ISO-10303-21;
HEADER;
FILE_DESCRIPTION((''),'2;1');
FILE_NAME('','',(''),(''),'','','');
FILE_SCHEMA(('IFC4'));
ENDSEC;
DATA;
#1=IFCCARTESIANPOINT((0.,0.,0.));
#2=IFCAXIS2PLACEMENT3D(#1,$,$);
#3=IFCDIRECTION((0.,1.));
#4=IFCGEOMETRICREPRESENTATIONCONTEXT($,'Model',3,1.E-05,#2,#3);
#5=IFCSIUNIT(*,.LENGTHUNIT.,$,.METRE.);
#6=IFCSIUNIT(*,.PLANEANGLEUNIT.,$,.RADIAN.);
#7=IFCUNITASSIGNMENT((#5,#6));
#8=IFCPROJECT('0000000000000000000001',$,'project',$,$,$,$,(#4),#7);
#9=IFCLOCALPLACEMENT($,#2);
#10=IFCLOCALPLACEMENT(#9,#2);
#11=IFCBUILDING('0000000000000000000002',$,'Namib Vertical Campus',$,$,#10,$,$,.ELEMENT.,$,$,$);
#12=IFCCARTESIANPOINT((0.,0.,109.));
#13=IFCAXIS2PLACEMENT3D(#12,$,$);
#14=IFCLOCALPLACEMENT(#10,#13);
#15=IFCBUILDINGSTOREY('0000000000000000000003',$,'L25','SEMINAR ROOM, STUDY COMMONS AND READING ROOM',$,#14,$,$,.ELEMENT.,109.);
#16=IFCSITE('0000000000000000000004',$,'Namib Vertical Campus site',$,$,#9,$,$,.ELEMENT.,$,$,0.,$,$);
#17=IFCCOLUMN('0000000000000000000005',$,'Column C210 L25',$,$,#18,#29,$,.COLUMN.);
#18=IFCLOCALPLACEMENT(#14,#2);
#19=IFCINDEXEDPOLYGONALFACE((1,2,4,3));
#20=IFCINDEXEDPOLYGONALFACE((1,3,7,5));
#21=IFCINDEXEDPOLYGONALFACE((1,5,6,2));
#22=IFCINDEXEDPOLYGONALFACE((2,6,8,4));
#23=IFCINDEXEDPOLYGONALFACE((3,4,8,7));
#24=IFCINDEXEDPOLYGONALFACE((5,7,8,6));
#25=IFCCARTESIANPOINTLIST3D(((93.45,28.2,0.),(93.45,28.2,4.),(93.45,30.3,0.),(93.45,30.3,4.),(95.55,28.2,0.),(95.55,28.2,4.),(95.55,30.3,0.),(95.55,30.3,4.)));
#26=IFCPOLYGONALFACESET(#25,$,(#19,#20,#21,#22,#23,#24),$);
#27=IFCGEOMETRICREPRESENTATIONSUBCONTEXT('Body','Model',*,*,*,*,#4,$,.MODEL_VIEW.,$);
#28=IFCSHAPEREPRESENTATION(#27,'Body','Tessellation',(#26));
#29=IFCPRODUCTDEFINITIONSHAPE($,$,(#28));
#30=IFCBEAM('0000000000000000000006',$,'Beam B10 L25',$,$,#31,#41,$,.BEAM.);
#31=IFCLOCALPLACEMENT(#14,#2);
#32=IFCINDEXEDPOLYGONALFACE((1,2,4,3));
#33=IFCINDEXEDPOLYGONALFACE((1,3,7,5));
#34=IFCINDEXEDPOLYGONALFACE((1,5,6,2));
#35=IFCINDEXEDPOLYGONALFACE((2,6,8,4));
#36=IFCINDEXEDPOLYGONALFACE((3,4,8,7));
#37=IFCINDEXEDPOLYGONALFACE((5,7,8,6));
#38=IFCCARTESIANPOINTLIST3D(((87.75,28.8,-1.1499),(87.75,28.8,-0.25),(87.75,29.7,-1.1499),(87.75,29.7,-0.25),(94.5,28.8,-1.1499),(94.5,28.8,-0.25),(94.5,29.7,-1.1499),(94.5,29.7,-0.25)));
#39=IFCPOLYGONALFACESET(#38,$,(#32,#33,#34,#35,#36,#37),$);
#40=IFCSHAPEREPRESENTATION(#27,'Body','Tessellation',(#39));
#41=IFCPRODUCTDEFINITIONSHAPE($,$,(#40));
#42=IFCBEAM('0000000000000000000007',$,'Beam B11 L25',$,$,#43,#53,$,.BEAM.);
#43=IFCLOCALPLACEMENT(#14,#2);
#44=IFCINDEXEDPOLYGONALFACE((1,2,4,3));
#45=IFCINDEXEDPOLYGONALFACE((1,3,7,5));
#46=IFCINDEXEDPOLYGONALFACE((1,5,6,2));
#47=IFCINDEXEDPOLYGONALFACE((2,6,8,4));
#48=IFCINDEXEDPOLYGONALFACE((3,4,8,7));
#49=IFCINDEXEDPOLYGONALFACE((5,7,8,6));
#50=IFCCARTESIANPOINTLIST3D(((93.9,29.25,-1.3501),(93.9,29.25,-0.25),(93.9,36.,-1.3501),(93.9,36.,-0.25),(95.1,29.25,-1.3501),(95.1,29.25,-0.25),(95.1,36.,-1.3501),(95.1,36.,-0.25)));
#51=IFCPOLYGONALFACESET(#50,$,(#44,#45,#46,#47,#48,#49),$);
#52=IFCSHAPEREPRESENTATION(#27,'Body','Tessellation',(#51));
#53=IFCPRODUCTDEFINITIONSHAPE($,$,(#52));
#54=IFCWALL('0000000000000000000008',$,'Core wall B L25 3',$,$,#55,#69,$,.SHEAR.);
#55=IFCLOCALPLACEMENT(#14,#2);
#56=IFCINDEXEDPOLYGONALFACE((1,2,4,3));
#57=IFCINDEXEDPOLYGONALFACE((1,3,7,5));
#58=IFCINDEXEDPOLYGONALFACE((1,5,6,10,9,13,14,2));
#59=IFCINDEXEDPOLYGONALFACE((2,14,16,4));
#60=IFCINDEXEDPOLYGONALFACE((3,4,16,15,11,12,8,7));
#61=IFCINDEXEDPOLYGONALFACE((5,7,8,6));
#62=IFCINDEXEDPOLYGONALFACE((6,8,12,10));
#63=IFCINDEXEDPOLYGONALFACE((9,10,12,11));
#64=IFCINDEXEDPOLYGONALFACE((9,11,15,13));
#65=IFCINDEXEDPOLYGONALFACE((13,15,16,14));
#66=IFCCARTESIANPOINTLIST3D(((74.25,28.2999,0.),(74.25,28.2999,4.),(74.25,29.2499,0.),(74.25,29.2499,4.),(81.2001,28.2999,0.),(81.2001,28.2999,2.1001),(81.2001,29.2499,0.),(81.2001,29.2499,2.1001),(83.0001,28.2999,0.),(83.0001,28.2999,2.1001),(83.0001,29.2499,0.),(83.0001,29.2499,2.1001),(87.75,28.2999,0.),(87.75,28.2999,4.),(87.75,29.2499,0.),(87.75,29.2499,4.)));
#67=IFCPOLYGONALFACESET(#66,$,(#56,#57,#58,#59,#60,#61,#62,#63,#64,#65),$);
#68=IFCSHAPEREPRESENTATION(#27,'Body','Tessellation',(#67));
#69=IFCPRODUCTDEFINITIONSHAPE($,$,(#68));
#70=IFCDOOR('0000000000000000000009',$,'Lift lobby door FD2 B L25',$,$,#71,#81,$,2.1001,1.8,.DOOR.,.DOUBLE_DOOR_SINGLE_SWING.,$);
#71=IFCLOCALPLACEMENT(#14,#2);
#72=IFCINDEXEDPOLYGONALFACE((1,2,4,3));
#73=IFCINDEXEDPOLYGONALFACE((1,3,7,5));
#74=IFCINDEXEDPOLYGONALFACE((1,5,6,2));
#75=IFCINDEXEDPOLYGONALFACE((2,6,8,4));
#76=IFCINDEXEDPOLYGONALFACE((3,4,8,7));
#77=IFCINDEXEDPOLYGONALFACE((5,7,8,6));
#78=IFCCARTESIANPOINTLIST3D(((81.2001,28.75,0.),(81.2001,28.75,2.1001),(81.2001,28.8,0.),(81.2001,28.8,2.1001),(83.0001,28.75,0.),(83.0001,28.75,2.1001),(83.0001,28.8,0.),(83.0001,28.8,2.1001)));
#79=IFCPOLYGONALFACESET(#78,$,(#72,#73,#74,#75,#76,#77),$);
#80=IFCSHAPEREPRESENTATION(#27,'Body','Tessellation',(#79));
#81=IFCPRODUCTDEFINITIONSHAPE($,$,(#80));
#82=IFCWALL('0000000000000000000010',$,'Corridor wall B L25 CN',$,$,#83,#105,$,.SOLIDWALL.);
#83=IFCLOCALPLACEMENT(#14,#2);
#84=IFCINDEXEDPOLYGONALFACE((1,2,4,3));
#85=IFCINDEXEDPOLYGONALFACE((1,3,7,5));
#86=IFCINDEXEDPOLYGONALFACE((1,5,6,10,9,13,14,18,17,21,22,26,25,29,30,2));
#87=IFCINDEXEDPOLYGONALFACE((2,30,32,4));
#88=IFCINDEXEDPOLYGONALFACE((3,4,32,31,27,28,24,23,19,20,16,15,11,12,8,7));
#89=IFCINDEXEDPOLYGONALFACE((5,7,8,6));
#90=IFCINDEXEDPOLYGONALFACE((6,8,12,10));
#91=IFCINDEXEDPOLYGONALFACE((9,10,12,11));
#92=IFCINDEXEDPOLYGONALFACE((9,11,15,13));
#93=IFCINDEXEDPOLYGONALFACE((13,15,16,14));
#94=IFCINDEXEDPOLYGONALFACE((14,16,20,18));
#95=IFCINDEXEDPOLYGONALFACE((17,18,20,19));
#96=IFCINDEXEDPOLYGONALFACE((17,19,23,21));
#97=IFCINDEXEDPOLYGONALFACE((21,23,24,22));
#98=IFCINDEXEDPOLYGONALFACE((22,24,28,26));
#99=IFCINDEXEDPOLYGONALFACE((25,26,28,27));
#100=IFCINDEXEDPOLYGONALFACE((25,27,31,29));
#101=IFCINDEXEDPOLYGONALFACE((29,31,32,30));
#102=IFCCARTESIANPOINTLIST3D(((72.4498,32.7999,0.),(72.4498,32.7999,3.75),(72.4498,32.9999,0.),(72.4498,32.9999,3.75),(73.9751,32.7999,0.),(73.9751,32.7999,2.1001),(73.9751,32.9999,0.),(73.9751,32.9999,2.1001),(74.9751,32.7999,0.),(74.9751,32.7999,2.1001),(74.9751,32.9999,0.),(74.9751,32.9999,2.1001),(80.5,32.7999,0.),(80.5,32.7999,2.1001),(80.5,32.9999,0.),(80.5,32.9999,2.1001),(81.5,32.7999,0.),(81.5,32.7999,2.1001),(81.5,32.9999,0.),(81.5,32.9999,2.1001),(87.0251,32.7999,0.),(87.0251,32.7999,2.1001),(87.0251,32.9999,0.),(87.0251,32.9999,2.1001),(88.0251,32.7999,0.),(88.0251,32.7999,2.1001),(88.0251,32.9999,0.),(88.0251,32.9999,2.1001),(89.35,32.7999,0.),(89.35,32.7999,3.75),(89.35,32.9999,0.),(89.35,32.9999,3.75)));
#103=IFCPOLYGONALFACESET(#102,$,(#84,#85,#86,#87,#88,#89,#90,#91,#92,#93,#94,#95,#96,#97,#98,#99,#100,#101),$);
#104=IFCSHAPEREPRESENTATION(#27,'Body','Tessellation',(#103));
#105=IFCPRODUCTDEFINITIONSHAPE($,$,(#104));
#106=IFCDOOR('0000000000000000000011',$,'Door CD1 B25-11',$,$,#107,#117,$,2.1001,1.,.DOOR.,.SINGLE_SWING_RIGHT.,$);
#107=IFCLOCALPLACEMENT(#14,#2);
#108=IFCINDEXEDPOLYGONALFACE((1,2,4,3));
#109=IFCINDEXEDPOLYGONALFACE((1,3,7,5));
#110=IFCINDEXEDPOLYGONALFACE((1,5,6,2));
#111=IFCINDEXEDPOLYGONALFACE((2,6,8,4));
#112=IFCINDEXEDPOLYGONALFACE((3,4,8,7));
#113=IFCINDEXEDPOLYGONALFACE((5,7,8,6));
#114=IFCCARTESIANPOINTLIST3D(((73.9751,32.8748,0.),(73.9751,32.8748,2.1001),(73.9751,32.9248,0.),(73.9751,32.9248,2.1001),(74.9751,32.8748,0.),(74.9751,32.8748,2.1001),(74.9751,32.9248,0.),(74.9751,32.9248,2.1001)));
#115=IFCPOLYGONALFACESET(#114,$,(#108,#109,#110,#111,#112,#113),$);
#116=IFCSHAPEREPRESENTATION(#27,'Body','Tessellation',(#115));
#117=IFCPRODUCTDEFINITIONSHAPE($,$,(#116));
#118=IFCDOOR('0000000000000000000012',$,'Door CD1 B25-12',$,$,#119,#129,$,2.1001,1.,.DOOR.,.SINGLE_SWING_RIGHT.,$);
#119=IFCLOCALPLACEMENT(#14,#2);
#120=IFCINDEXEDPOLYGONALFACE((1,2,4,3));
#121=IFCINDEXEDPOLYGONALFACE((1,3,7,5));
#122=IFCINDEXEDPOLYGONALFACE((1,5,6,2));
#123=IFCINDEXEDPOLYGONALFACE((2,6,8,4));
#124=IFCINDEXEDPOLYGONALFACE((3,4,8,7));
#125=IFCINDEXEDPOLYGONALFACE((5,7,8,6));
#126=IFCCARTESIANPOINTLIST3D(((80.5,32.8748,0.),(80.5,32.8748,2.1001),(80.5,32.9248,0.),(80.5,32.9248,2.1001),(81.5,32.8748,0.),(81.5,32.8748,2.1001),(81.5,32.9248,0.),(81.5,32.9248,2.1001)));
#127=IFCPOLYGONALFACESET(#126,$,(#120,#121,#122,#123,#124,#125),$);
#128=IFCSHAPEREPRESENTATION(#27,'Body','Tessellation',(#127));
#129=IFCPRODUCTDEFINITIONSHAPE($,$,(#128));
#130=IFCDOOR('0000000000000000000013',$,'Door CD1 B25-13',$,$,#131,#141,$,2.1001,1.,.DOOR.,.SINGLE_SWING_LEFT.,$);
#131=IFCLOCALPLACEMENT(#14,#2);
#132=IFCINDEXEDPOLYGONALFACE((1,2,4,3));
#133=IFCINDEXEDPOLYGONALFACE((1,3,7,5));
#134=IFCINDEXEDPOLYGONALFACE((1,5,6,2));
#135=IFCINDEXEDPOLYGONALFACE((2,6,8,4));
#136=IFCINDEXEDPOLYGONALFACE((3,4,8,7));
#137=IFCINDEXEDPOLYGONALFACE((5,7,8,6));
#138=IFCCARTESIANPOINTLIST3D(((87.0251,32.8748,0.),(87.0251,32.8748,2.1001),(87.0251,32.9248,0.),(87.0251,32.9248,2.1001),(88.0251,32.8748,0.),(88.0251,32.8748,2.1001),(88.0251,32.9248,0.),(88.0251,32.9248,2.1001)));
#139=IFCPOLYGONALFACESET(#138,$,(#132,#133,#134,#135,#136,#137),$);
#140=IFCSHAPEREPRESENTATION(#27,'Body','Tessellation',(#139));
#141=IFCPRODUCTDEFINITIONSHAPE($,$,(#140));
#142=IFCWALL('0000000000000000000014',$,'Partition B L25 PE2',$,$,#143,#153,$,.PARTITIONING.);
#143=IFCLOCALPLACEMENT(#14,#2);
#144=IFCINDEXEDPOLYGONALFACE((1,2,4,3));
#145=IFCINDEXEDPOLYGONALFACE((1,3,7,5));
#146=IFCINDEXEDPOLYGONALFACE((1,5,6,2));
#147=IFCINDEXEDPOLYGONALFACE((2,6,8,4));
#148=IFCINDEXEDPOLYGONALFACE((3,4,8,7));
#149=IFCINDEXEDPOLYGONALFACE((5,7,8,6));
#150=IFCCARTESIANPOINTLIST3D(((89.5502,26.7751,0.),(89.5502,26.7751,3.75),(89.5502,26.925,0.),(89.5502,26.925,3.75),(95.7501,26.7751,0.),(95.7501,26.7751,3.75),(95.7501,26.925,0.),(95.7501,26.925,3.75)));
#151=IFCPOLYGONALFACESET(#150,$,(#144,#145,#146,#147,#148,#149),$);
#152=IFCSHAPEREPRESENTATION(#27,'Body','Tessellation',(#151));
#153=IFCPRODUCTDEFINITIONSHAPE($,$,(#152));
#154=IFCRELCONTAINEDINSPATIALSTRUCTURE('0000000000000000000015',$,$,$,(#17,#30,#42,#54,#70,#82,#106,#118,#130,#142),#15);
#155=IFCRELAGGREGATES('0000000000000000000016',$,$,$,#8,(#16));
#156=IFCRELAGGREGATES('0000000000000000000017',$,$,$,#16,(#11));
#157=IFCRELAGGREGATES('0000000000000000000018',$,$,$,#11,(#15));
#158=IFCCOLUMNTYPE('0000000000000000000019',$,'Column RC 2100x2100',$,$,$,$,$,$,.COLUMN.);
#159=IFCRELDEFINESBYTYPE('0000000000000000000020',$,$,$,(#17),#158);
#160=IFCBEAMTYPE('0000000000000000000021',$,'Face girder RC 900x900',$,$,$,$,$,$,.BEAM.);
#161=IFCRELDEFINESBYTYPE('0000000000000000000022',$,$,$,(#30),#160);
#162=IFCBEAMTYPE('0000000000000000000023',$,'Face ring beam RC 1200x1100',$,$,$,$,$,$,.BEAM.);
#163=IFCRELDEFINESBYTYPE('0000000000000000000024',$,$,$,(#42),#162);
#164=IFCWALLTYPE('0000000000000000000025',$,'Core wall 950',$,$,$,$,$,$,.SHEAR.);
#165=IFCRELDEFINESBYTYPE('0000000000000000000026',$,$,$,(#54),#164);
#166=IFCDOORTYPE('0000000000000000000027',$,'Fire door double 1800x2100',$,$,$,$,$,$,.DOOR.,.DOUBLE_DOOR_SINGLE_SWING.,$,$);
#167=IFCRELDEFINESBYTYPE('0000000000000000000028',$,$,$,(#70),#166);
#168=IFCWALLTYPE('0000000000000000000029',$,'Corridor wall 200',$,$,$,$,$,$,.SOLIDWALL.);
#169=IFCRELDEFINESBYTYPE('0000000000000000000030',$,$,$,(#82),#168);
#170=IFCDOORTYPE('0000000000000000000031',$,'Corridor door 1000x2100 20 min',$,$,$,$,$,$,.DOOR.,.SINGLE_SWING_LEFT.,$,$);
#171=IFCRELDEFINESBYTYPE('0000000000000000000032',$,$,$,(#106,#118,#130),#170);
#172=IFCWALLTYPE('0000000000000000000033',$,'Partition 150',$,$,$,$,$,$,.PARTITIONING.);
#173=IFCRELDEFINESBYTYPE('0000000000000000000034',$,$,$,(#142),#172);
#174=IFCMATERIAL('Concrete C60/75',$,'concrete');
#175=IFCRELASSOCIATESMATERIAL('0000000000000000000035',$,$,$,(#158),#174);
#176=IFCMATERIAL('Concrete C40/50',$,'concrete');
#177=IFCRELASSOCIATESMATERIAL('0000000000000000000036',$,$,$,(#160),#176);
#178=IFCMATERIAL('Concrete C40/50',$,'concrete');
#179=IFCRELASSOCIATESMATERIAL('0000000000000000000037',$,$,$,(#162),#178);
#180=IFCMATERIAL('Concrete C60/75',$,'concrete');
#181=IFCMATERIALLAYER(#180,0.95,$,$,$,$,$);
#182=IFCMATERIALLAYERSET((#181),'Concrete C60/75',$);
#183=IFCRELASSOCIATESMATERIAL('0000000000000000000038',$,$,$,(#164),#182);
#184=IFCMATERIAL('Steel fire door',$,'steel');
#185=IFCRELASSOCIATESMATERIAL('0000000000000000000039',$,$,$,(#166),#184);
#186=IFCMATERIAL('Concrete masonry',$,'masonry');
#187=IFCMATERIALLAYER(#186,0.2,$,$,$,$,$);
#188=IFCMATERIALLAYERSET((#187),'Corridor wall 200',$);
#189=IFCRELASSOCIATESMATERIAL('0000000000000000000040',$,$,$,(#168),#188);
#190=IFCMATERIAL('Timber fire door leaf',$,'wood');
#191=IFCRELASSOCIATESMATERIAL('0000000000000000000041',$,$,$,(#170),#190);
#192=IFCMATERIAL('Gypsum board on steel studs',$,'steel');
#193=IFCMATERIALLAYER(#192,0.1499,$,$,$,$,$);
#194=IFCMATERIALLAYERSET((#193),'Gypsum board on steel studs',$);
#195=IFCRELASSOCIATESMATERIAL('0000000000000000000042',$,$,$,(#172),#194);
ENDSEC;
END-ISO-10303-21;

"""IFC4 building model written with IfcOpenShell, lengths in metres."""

from ifc_helpers import new_model, si_unit, direction, frame, frame_2d, origin, origin_2d, place, context, subcontext, project, spatial, rectangle, extrude, material, layer, layer_set, material_profile, profile_set, type_object, element, fill, save


model = new_model("IFC4")

# Units and contexts
model_context = context("Model", 3, precision=1e-05, world=origin(), true_north=direction((0.0, 1.0)))
body_context = subcontext(model_context, "Body", "Model", "MODEL_VIEW")
ifc_project = project(units=[si_unit("LENGTHUNIT", "METRE"), si_unit("PLANEANGLEUNIT", "RADIAN")], contexts=[model_context])

# Site, building, storey
site_placement = place(None, origin())
site = spatial("IfcSite", under=ifc_project, at=site_placement, Name="Namib Vertical Campus site", CompositionType="ELEMENT", RefElevation=0.0)
building_placement = place(site_placement, origin())
building = spatial("IfcBuilding", under=site, at=building_placement, Name="Namib Vertical Campus", CompositionType="ELEMENT")
storey_placement = place(building_placement, frame((0.0, 0.0, 109.0)))
storey = spatial("IfcBuildingStorey", under=building, at=storey_placement, Name="L25", Description="SEMINAR ROOM, STUDY COMMONS AND READING ROOM", CompositionType="ELEMENT", Elevation=109.0)

# Column
ifc_material_1 = material(Name="Concrete C60/75", Category="concrete")
ifc_material_profile_1 = material_profile(ifc_material_1, rectangle(XDim=2.1001, YDim=2.1001, at=origin_2d()))
ifc_profile_set_1 = profile_set([ifc_material_profile_1], Name="Concrete C60/75")
column_type = type_object("IfcColumnType", Name="Column RC 2100x2100", PredefinedType="COLUMN", material=ifc_profile_set_1)
column_placement = place(storey_placement, frame((94.5, 29.25, 0.0), z_axis=(0.0, 0.0, 1.0), x_axis=(1.0, 0.0, 0.0)))
element("IfcColumn", 1, at=column_placement, inside=storey, type_object=column_type, Name="Column C210 L25", PredefinedType="COLUMN", context=body_context, shape_type="SweptSolid", body=[
    extrude(rectangle(XDim=2.1001, YDim=2.1001, at=origin_2d()), origin(), (0.0, 0.0, 1.0), 4.0),
])

# Beams
ifc_material_2 = material(Name="Concrete C40/50", Category="concrete")
ifc_material_profile_2 = material_profile(ifc_material_2, rectangle(XDim=0.8999, YDim=0.8999, at=origin_2d()))
ifc_profile_set_2 = profile_set([ifc_material_profile_2], Name="Concrete C40/50")
beam_type_1 = type_object("IfcBeamType", Name="Face girder RC 900x900", PredefinedType="BEAM", material=ifc_profile_set_2)
beam_1_placement = place(storey_placement, frame((94.5, 29.25, -0.7), z_axis=(-1.0, 0.0, 0.0), x_axis=(0.0, -1.0, 0.0)))
element("IfcBeam", 2, at=beam_1_placement, inside=storey, type_object=beam_type_1, Name="Beam B10 L25", PredefinedType="BEAM", context=body_context, shape_type="SweptSolid", body=[
    extrude(rectangle(XDim=0.8999, YDim=0.8999, at=origin_2d()), origin(), (0.0, 0.0, 1.0), 6.75),
])
ifc_material_3 = material(Name="Concrete C40/50", Category="concrete")
ifc_material_profile_3 = material_profile(ifc_material_3, rectangle(XDim=1.2, YDim=1.1001, at=origin_2d()))
ifc_profile_set_3 = profile_set([ifc_material_profile_3], Name="Concrete C40/50")
beam_type_2 = type_object("IfcBeamType", Name="Face ring beam RC 1200x1100", PredefinedType="BEAM", material=ifc_profile_set_3)
beam_2_placement = place(storey_placement, frame((94.5, 29.25, -0.8), z_axis=(0.0, 1.0, 0.0), x_axis=(-1.0, 0.0, 0.0)))
element("IfcBeam", 3, at=beam_2_placement, inside=storey, type_object=beam_type_2, Name="Beam B11 L25", PredefinedType="BEAM", context=body_context, shape_type="SweptSolid", body=[
    extrude(rectangle(XDim=1.2, YDim=1.1001, at=origin_2d()), origin(), (0.0, 0.0, 1.0), 6.75),
])

# Wall, opening, door
ifc_material_4 = material(Name="Concrete C60/75", Category="concrete")
ifc_layer_1 = layer(ifc_material_4, 0.95)
ifc_layer_set_1 = layer_set([ifc_layer_1], Name="Concrete C60/75")
wall_type_1 = type_object("IfcWallType", Name="Core wall 950", PredefinedType="SHEAR", material=ifc_layer_set_1)
wall_1_placement = place(storey_placement, frame((87.75, 28.7749, 0.0), z_axis=(0.0, 0.0, 1.0), x_axis=(-1.0, 0.0, 0.0)))
wall_1 = element("IfcWall", 4, at=wall_1_placement, inside=storey, type_object=wall_type_1, Name="Core wall B L25 3", PredefinedType="SHEAR", context=body_context, shape_type="SweptSolid", body=[
    extrude(rectangle(XDim=13.5, YDim=0.95, at=frame_2d((6.75, 0.0))), origin(), (0.0, 0.0, 1.0), 4.0),
])
opening_1_placement = place(wall_1_placement, frame((4.75, 0.0, 0.0)))
opening_1 = element("IfcOpeningElement", 5, at=opening_1_placement, cuts=wall_1, PredefinedType="OPENING", context=body_context, shape_type="SweptSolid", body=[
    extrude(rectangle(XDim=1.8, YDim=2.1001, at=frame_2d((0.8999, 1.05))), frame((0.0, 0.4849, 0.0), z_axis=(0.0, -1.0, 0.0), x_axis=(1.0, 0.0, 0.0)), (0.0, 0.0, 1.0), 0.97),
])
ifc_material_5 = material(Name="Steel fire door", Category="steel")
door_type_1 = type_object("IfcDoorType", Name="Fire door double 1800x2100", OperationType="DOUBLE_DOOR_SINGLE_SWING", PredefinedType="DOOR", material=ifc_material_5)
door_1_placement = place(opening_1_placement, origin())
door_1 = element("IfcDoor", 6, at=door_1_placement, inside=storey, type_object=door_type_1, Name="Lift lobby door FD2 B L25", OperationType="DOUBLE_DOOR_SINGLE_SWING", OverallHeight=2.1001, OverallWidth=1.8, PredefinedType="DOOR", context=body_context, shape_type="SweptSolid", body=[
    extrude(rectangle(XDim=1.8, YDim=2.1001, at=frame_2d((0.8999, 1.05))), frame((0.0, 0.0249, 0.0), z_axis=(0.0, -1.0, 0.0), x_axis=(1.0, 0.0, 0.0)), (0.0, 0.0, 1.0), 0.05),
])
fill(opening_1, door_1)

# Wall, openings, doors
ifc_material_6 = material(Name="Concrete masonry", Category="masonry")
ifc_layer_2 = layer(ifc_material_6, 0.2)
ifc_layer_set_2 = layer_set([ifc_layer_2], Name="Corridor wall 200")
wall_type_2 = type_object("IfcWallType", Name="Corridor wall 200", PredefinedType="SOLIDWALL", material=ifc_layer_set_2)
wall_2_placement = place(storey_placement, frame((89.3501, 32.8999, 0.0), z_axis=(0.0, 0.0, 1.0), x_axis=(-1.0, 0.0, 0.0)))
wall_2 = element("IfcWall", 7, at=wall_2_placement, inside=storey, type_object=wall_type_2, Name="Corridor wall B L25 CN", PredefinedType="SOLIDWALL", context=body_context, shape_type="SweptSolid", body=[
    extrude(rectangle(XDim=16.9001, YDim=0.2, at=frame_2d((8.4502, 0.0))), origin(), (0.0, 0.0, 1.0), 3.75),
])
opening_2_placement = place(wall_2_placement, frame((14.375, 0.0, 0.0)))
opening_2 = element("IfcOpeningElement", 8, at=opening_2_placement, cuts=wall_2, PredefinedType="OPENING", context=body_context, shape_type="SweptSolid", body=[
    extrude(rectangle(XDim=1.0, YDim=2.1001, at=frame_2d((0.5, 1.05))), frame((0.0, 0.1099, 0.0), z_axis=(0.0, -1.0, 0.0), x_axis=(1.0, 0.0, 0.0)), (0.0, 0.0, 1.0), 0.22),
])
opening_3_placement = place(wall_2_placement, frame((7.8501, 0.0, 0.0)))
opening_3 = element("IfcOpeningElement", 9, at=opening_3_placement, cuts=wall_2, PredefinedType="OPENING", context=body_context, shape_type="SweptSolid", body=[
    extrude(rectangle(XDim=1.0, YDim=2.1001, at=frame_2d((0.5, 1.05))), frame((0.0, 0.1099, 0.0), z_axis=(0.0, -1.0, 0.0), x_axis=(1.0, 0.0, 0.0)), (0.0, 0.0, 1.0), 0.22),
])
opening_4_placement = place(wall_2_placement, frame((1.325, 0.0, 0.0)))
opening_4 = element("IfcOpeningElement", 10, at=opening_4_placement, cuts=wall_2, PredefinedType="OPENING", context=body_context, shape_type="SweptSolid", body=[
    extrude(rectangle(XDim=1.0, YDim=2.1001, at=frame_2d((0.5, 1.05))), frame((0.0, 0.1099, 0.0), z_axis=(0.0, -1.0, 0.0), x_axis=(1.0, 0.0, 0.0)), (0.0, 0.0, 1.0), 0.22),
])
ifc_material_7 = material(Name="Timber fire door leaf", Category="wood")
door_type_2 = type_object("IfcDoorType", Name="Corridor door 1000x2100 20 min", OperationType="SINGLE_SWING_LEFT", PredefinedType="DOOR", material=ifc_material_7)
door_2_placement = place(opening_2_placement, frame((1.0, 0.0, 0.0), z_axis=(0.0, 0.0, 1.0), x_axis=(-1.0, 0.0, 0.0)))
door_2 = element("IfcDoor", 11, at=door_2_placement, inside=storey, type_object=door_type_2, Name="Door CD1 B25-11", OperationType="SINGLE_SWING_RIGHT", OverallHeight=2.1001, OverallWidth=1.0, PredefinedType="DOOR", context=body_context, shape_type="SweptSolid", body=[
    extrude(rectangle(XDim=1.0, YDim=2.1001, at=frame_2d((0.5, 1.05))), frame((0.0, 0.0249, 0.0), z_axis=(0.0, -1.0, 0.0), x_axis=(1.0, 0.0, 0.0)), (0.0, 0.0, 1.0), 0.05),
])
fill(opening_2, door_2)
door_3_placement = place(opening_3_placement, frame((1.0, 0.0, 0.0), z_axis=(0.0, 0.0, 1.0), x_axis=(-1.0, 0.0, 0.0)))
door_3 = element("IfcDoor", 12, at=door_3_placement, inside=storey, type_object=door_type_2, Name="Door CD1 B25-12", OperationType="SINGLE_SWING_RIGHT", OverallHeight=2.1001, OverallWidth=1.0, PredefinedType="DOOR", context=body_context, shape_type="SweptSolid", body=[
    extrude(rectangle(XDim=1.0, YDim=2.1001, at=frame_2d((0.5, 1.05))), frame((0.0, 0.0249, 0.0), z_axis=(0.0, -1.0, 0.0), x_axis=(1.0, 0.0, 0.0)), (0.0, 0.0, 1.0), 0.05),
])
fill(opening_3, door_3)
door_4_placement = place(opening_4_placement, frame((1.0, 0.0, 0.0), z_axis=(0.0, 0.0, 1.0), x_axis=(-1.0, 0.0, 0.0)))
door_4 = element("IfcDoor", 13, at=door_4_placement, inside=storey, type_object=door_type_2, Name="Door CD1 B25-13", OperationType="SINGLE_SWING_LEFT", OverallHeight=2.1001, OverallWidth=1.0, PredefinedType="DOOR", context=body_context, shape_type="SweptSolid", body=[
    extrude(rectangle(XDim=1.0, YDim=2.1001, at=frame_2d((0.5, 1.05))), frame((0.0, 0.0249, 0.0), z_axis=(0.0, -1.0, 0.0), x_axis=(1.0, 0.0, 0.0)), (0.0, 0.0, 1.0), 0.05),
])
fill(opening_4, door_4)

# Wall
ifc_material_8 = material(Name="Gypsum board on steel studs", Category="steel")
ifc_layer_3 = layer(ifc_material_8, 0.1499)
ifc_layer_set_3 = layer_set([ifc_layer_3], Name="Gypsum board on steel studs")
wall_type_3 = type_object("IfcWallType", Name="Partition 150", PredefinedType="PARTITIONING", material=ifc_layer_set_3)
wall_3_placement = place(storey_placement, frame((89.55, 26.8501, 0.0), z_axis=(0.0, 0.0, 1.0), x_axis=(1.0, 0.0, 0.0)))
element("IfcWall", 14, at=wall_3_placement, inside=storey, type_object=wall_type_3, Name="Partition B L25 PE2", PredefinedType="PARTITIONING", context=body_context, shape_type="SweptSolid", body=[
    extrude(rectangle(XDim=6.2, YDim=0.1499, at=frame_2d((3.1001, 0.0))), origin(), (0.0, 0.0, 1.0), 3.75),
])

save(model, "model.ifc")
